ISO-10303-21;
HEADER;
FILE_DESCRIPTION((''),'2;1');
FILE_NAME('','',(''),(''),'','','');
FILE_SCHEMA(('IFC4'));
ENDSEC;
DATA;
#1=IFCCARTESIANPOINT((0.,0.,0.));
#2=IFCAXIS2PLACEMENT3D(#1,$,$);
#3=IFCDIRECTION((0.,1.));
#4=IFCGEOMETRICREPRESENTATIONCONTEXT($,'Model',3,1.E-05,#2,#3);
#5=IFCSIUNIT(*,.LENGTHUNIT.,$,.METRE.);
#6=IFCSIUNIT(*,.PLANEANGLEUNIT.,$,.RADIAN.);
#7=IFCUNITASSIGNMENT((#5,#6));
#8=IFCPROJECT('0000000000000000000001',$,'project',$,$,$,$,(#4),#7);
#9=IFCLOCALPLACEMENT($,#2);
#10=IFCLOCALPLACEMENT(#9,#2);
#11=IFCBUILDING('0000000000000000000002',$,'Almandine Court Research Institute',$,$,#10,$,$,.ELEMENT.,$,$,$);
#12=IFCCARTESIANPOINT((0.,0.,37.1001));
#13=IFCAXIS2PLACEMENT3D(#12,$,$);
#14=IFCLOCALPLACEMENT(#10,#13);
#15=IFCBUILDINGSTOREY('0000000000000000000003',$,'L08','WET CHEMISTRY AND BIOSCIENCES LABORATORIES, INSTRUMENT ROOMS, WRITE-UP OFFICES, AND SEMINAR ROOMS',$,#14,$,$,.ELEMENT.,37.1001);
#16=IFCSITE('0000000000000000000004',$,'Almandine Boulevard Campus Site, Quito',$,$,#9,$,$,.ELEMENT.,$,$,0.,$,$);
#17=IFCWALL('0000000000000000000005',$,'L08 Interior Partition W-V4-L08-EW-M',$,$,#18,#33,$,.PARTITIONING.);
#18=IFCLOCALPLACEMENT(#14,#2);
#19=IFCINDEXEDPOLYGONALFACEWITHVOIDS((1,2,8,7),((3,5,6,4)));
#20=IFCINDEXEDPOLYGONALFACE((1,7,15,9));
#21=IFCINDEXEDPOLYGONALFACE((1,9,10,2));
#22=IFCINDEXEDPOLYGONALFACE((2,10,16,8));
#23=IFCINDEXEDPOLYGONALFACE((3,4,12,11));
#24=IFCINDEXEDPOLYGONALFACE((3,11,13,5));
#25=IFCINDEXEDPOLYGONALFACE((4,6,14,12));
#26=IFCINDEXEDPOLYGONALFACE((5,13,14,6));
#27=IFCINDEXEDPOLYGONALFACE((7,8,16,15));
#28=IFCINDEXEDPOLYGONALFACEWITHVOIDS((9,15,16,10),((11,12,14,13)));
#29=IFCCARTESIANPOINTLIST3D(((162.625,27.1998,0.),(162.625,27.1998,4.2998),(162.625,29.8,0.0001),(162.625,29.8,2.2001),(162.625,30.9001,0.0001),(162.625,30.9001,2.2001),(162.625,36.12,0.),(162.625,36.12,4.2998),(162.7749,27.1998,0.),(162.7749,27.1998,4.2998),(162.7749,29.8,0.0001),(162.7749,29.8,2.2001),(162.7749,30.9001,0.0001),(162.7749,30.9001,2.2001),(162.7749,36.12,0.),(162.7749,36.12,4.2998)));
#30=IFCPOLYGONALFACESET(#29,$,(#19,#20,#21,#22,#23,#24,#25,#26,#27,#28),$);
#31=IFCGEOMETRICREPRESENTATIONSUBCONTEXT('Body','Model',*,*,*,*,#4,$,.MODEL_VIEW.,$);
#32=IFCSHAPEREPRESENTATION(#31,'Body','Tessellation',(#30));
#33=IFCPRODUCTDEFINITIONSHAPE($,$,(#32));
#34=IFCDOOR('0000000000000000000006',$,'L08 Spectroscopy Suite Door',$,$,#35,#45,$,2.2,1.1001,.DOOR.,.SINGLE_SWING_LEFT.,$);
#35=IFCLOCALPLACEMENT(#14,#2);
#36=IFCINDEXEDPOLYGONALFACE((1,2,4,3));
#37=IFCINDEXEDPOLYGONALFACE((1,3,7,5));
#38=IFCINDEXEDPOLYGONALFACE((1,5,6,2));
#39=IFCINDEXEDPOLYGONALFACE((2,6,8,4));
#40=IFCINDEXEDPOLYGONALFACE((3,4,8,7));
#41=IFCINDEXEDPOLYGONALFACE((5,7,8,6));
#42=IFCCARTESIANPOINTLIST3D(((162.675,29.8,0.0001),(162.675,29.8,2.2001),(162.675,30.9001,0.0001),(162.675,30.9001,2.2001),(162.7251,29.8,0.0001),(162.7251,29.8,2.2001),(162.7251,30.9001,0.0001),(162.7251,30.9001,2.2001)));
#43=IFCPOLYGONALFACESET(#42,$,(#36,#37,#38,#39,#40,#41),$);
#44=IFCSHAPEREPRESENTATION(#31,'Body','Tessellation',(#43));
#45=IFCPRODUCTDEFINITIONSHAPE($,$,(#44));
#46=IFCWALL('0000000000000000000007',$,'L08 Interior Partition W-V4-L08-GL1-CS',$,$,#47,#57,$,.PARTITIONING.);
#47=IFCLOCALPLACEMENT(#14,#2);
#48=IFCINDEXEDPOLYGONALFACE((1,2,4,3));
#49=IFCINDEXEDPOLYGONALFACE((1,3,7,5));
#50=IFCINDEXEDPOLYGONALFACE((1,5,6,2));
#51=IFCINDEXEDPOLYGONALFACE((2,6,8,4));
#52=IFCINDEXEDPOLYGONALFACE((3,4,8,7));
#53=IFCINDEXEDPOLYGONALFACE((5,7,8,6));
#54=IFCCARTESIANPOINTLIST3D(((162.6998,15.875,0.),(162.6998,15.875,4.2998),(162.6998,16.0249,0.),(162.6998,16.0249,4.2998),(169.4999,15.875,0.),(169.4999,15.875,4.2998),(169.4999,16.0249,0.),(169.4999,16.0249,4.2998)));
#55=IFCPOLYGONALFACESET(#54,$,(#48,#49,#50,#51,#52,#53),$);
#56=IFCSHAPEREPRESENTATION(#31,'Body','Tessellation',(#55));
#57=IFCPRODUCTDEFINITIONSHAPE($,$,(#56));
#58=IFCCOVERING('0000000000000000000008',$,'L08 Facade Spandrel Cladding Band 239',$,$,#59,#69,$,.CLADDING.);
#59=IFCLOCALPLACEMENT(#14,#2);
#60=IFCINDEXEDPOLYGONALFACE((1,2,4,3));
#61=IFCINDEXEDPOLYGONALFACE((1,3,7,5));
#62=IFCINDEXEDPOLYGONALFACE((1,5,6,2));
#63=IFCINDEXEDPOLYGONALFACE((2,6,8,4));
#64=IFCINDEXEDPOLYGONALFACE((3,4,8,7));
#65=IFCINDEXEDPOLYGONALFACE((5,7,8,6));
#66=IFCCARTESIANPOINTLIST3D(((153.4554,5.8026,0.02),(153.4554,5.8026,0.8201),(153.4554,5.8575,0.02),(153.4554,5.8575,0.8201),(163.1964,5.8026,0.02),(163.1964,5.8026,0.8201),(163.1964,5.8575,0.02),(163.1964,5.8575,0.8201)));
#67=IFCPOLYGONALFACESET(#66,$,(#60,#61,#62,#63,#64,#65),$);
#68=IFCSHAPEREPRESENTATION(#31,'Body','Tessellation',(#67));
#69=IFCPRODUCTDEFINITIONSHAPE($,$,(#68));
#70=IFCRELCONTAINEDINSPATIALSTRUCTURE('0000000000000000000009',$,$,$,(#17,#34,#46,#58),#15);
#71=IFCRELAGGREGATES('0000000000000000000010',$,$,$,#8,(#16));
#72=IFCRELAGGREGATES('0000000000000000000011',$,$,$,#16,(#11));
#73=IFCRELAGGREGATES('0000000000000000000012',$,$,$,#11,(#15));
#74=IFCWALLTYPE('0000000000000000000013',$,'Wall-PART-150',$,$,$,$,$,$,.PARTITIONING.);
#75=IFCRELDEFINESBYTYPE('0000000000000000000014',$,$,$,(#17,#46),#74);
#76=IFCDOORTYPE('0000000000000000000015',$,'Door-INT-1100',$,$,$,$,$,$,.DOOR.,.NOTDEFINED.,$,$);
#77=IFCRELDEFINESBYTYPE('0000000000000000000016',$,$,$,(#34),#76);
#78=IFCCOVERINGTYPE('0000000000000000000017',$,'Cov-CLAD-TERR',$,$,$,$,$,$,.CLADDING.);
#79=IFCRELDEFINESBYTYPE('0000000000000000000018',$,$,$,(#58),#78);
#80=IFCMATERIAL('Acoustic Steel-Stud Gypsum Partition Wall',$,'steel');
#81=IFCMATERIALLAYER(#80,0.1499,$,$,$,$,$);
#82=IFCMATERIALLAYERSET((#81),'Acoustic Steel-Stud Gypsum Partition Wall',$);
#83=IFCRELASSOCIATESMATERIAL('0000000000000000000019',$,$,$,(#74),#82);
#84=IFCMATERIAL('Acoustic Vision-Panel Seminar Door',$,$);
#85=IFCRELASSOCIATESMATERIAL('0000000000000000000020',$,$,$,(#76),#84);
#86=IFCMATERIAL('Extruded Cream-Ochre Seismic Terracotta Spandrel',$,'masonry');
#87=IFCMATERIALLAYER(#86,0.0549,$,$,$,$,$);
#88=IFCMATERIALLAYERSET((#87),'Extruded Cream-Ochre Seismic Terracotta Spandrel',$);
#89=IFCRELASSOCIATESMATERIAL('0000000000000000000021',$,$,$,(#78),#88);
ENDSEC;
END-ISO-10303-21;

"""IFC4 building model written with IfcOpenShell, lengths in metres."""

from ifc_helpers import new_model, si_unit, direction, frame, frame_2d, origin, origin_2d, place, context, subcontext, project, spatial, rectangle, extrude, material, layer, layer_set, type_object, element, fill, save


model = new_model("IFC4")

# Units and contexts
model_context = context("Model", 3, precision=1e-05, world=origin(), true_north=direction((0.0, 1.0)))
body_context = subcontext(model_context, "Body", "Model", "MODEL_VIEW")
ifc_project = project(units=[si_unit("LENGTHUNIT", "METRE"), si_unit("PLANEANGLEUNIT", "RADIAN")], contexts=[model_context])

# Site, building, storey
site_placement = place(None, origin())
site = spatial("IfcSite", under=ifc_project, at=site_placement, Name="Almandine Boulevard Campus Site, Quito", CompositionType="ELEMENT", RefElevation=0.0)
building_placement = place(site_placement, origin())
building = spatial("IfcBuilding", under=site, at=building_placement, Name="Almandine Court Research Institute", CompositionType="ELEMENT")
storey_placement = place(building_placement, frame((0.0, 0.0, 37.1001)))
storey = spatial("IfcBuildingStorey", under=building, at=storey_placement, Name="L08", Description="WET CHEMISTRY AND BIOSCIENCES LABORATORIES, INSTRUMENT ROOMS, WRITE-UP OFFICES, AND SEMINAR ROOMS", CompositionType="ELEMENT", Elevation=37.1001)

# Shared definitions
ifc_material_1 = material(Name="Acoustic Steel-Stud Gypsum Partition Wall", Category="steel")
ifc_layer_1 = layer(ifc_material_1, 0.1499)
ifc_layer_set_1 = layer_set([ifc_layer_1], Name="Acoustic Steel-Stud Gypsum Partition Wall")
wall_type_1 = type_object("IfcWallType", Name="Wall-PART-150", PredefinedType="PARTITIONING", material=ifc_layer_set_1)

# Wall, opening, door
wall_1_placement = place(storey_placement, frame((162.7, 27.2, 0.0), z_axis=(0.0, 0.0, 1.0), x_axis=(0.0, 1.0, 0.0)))
wall_1 = element("IfcWall", 1, at=wall_1_placement, inside=storey, type_object=wall_type_1, Name="L08 Interior Partition W-V4-L08-EW-M", PredefinedType="PARTITIONING", context=body_context, shape_type="SweptSolid", body=[
    extrude(rectangle(XDim=8.9202, YDim=0.1499, at=frame_2d((4.46, 0.0))), origin(), (0.0, 0.0, 1.0), 4.2998),
])
opening_1_placement = place(wall_1_placement, frame((2.6001, 0.0, 0.0)))
opening_1 = element("IfcOpeningElement", 2, at=opening_1_placement, cuts=wall_1, PredefinedType="OPENING", context=body_context, shape_type="SweptSolid", body=[
    extrude(rectangle(XDim=1.1001, YDim=2.2, at=frame_2d((0.55, 1.1001))), frame((0.0, 0.085, 0.0), z_axis=(0.0, -1.0, 0.0), x_axis=(1.0, 0.0, 0.0)), (0.0, 0.0, 1.0), 0.1699),
])
ifc_material_2 = material(Name="Acoustic Vision-Panel Seminar Door")
door_type_1 = type_object("IfcDoorType", Name="Door-INT-1100", OperationType="NOTDEFINED", PredefinedType="DOOR", material=ifc_material_2)
door_1_placement = place(opening_1_placement, origin())
door_1 = element("IfcDoor", 3, at=door_1_placement, inside=storey, type_object=door_type_1, Name="L08 Spectroscopy Suite Door", OperationType="SINGLE_SWING_LEFT", OverallHeight=2.2, OverallWidth=1.1001, PredefinedType="DOOR", context=body_context, shape_type="SweptSolid", body=[
    extrude(rectangle(XDim=1.1001, YDim=2.2, at=frame_2d((0.55, 1.1001))), frame((0.0, 0.0249, 0.0), z_axis=(0.0, -1.0, 0.0), x_axis=(1.0, 0.0, 0.0)), (0.0, 0.0, 1.0), 0.05),
])
fill(opening_1, door_1)

# Wall
wall_2_placement = place(storey_placement, frame((162.7, 15.95, 0.0), z_axis=(0.0, 0.0, 1.0), x_axis=(1.0, 0.0, 0.0)))
element("IfcWall", 4, at=wall_2_placement, inside=storey, type_object=wall_type_1, Name="L08 Interior Partition W-V4-L08-GL1-CS", PredefinedType="PARTITIONING", context=body_context, shape_type="SweptSolid", body=[
    extrude(rectangle(XDim=6.8, YDim=0.1499, at=frame_2d((3.3999, 0.0))), origin(), (0.0, 0.0, 1.0), 4.2998),
])

# Covering
ifc_material_3 = material(Name="Extruded Cream-Ochre Seismic Terracotta Spandrel", Category="masonry")
ifc_layer_2 = layer(ifc_material_3, 0.0549)
ifc_layer_set_2 = layer_set([ifc_layer_2], Name="Extruded Cream-Ochre Seismic Terracotta Spandrel")
covering_type = type_object("IfcCoveringType", Name="Cov-CLAD-TERR", PredefinedType="CLADDING", material=ifc_layer_set_2)
covering_placement = place(storey_placement, frame((158.3259, 5.8301, 0.02), z_axis=(0.0, 0.0, 1.0), x_axis=(-1.0, 0.0, 0.0)))
element("IfcCovering", 5, at=covering_placement, inside=storey, type_object=covering_type, Name="L08 Facade Spandrel Cladding Band 239", PredefinedType="CLADDING", context=body_context, shape_type="SweptSolid", body=[
    extrude(rectangle(XDim=9.741, YDim=0.0549, at=origin_2d()), origin(), (0.0, 0.0, 1.0), 0.8),
])

save(model, "model.ifc")
